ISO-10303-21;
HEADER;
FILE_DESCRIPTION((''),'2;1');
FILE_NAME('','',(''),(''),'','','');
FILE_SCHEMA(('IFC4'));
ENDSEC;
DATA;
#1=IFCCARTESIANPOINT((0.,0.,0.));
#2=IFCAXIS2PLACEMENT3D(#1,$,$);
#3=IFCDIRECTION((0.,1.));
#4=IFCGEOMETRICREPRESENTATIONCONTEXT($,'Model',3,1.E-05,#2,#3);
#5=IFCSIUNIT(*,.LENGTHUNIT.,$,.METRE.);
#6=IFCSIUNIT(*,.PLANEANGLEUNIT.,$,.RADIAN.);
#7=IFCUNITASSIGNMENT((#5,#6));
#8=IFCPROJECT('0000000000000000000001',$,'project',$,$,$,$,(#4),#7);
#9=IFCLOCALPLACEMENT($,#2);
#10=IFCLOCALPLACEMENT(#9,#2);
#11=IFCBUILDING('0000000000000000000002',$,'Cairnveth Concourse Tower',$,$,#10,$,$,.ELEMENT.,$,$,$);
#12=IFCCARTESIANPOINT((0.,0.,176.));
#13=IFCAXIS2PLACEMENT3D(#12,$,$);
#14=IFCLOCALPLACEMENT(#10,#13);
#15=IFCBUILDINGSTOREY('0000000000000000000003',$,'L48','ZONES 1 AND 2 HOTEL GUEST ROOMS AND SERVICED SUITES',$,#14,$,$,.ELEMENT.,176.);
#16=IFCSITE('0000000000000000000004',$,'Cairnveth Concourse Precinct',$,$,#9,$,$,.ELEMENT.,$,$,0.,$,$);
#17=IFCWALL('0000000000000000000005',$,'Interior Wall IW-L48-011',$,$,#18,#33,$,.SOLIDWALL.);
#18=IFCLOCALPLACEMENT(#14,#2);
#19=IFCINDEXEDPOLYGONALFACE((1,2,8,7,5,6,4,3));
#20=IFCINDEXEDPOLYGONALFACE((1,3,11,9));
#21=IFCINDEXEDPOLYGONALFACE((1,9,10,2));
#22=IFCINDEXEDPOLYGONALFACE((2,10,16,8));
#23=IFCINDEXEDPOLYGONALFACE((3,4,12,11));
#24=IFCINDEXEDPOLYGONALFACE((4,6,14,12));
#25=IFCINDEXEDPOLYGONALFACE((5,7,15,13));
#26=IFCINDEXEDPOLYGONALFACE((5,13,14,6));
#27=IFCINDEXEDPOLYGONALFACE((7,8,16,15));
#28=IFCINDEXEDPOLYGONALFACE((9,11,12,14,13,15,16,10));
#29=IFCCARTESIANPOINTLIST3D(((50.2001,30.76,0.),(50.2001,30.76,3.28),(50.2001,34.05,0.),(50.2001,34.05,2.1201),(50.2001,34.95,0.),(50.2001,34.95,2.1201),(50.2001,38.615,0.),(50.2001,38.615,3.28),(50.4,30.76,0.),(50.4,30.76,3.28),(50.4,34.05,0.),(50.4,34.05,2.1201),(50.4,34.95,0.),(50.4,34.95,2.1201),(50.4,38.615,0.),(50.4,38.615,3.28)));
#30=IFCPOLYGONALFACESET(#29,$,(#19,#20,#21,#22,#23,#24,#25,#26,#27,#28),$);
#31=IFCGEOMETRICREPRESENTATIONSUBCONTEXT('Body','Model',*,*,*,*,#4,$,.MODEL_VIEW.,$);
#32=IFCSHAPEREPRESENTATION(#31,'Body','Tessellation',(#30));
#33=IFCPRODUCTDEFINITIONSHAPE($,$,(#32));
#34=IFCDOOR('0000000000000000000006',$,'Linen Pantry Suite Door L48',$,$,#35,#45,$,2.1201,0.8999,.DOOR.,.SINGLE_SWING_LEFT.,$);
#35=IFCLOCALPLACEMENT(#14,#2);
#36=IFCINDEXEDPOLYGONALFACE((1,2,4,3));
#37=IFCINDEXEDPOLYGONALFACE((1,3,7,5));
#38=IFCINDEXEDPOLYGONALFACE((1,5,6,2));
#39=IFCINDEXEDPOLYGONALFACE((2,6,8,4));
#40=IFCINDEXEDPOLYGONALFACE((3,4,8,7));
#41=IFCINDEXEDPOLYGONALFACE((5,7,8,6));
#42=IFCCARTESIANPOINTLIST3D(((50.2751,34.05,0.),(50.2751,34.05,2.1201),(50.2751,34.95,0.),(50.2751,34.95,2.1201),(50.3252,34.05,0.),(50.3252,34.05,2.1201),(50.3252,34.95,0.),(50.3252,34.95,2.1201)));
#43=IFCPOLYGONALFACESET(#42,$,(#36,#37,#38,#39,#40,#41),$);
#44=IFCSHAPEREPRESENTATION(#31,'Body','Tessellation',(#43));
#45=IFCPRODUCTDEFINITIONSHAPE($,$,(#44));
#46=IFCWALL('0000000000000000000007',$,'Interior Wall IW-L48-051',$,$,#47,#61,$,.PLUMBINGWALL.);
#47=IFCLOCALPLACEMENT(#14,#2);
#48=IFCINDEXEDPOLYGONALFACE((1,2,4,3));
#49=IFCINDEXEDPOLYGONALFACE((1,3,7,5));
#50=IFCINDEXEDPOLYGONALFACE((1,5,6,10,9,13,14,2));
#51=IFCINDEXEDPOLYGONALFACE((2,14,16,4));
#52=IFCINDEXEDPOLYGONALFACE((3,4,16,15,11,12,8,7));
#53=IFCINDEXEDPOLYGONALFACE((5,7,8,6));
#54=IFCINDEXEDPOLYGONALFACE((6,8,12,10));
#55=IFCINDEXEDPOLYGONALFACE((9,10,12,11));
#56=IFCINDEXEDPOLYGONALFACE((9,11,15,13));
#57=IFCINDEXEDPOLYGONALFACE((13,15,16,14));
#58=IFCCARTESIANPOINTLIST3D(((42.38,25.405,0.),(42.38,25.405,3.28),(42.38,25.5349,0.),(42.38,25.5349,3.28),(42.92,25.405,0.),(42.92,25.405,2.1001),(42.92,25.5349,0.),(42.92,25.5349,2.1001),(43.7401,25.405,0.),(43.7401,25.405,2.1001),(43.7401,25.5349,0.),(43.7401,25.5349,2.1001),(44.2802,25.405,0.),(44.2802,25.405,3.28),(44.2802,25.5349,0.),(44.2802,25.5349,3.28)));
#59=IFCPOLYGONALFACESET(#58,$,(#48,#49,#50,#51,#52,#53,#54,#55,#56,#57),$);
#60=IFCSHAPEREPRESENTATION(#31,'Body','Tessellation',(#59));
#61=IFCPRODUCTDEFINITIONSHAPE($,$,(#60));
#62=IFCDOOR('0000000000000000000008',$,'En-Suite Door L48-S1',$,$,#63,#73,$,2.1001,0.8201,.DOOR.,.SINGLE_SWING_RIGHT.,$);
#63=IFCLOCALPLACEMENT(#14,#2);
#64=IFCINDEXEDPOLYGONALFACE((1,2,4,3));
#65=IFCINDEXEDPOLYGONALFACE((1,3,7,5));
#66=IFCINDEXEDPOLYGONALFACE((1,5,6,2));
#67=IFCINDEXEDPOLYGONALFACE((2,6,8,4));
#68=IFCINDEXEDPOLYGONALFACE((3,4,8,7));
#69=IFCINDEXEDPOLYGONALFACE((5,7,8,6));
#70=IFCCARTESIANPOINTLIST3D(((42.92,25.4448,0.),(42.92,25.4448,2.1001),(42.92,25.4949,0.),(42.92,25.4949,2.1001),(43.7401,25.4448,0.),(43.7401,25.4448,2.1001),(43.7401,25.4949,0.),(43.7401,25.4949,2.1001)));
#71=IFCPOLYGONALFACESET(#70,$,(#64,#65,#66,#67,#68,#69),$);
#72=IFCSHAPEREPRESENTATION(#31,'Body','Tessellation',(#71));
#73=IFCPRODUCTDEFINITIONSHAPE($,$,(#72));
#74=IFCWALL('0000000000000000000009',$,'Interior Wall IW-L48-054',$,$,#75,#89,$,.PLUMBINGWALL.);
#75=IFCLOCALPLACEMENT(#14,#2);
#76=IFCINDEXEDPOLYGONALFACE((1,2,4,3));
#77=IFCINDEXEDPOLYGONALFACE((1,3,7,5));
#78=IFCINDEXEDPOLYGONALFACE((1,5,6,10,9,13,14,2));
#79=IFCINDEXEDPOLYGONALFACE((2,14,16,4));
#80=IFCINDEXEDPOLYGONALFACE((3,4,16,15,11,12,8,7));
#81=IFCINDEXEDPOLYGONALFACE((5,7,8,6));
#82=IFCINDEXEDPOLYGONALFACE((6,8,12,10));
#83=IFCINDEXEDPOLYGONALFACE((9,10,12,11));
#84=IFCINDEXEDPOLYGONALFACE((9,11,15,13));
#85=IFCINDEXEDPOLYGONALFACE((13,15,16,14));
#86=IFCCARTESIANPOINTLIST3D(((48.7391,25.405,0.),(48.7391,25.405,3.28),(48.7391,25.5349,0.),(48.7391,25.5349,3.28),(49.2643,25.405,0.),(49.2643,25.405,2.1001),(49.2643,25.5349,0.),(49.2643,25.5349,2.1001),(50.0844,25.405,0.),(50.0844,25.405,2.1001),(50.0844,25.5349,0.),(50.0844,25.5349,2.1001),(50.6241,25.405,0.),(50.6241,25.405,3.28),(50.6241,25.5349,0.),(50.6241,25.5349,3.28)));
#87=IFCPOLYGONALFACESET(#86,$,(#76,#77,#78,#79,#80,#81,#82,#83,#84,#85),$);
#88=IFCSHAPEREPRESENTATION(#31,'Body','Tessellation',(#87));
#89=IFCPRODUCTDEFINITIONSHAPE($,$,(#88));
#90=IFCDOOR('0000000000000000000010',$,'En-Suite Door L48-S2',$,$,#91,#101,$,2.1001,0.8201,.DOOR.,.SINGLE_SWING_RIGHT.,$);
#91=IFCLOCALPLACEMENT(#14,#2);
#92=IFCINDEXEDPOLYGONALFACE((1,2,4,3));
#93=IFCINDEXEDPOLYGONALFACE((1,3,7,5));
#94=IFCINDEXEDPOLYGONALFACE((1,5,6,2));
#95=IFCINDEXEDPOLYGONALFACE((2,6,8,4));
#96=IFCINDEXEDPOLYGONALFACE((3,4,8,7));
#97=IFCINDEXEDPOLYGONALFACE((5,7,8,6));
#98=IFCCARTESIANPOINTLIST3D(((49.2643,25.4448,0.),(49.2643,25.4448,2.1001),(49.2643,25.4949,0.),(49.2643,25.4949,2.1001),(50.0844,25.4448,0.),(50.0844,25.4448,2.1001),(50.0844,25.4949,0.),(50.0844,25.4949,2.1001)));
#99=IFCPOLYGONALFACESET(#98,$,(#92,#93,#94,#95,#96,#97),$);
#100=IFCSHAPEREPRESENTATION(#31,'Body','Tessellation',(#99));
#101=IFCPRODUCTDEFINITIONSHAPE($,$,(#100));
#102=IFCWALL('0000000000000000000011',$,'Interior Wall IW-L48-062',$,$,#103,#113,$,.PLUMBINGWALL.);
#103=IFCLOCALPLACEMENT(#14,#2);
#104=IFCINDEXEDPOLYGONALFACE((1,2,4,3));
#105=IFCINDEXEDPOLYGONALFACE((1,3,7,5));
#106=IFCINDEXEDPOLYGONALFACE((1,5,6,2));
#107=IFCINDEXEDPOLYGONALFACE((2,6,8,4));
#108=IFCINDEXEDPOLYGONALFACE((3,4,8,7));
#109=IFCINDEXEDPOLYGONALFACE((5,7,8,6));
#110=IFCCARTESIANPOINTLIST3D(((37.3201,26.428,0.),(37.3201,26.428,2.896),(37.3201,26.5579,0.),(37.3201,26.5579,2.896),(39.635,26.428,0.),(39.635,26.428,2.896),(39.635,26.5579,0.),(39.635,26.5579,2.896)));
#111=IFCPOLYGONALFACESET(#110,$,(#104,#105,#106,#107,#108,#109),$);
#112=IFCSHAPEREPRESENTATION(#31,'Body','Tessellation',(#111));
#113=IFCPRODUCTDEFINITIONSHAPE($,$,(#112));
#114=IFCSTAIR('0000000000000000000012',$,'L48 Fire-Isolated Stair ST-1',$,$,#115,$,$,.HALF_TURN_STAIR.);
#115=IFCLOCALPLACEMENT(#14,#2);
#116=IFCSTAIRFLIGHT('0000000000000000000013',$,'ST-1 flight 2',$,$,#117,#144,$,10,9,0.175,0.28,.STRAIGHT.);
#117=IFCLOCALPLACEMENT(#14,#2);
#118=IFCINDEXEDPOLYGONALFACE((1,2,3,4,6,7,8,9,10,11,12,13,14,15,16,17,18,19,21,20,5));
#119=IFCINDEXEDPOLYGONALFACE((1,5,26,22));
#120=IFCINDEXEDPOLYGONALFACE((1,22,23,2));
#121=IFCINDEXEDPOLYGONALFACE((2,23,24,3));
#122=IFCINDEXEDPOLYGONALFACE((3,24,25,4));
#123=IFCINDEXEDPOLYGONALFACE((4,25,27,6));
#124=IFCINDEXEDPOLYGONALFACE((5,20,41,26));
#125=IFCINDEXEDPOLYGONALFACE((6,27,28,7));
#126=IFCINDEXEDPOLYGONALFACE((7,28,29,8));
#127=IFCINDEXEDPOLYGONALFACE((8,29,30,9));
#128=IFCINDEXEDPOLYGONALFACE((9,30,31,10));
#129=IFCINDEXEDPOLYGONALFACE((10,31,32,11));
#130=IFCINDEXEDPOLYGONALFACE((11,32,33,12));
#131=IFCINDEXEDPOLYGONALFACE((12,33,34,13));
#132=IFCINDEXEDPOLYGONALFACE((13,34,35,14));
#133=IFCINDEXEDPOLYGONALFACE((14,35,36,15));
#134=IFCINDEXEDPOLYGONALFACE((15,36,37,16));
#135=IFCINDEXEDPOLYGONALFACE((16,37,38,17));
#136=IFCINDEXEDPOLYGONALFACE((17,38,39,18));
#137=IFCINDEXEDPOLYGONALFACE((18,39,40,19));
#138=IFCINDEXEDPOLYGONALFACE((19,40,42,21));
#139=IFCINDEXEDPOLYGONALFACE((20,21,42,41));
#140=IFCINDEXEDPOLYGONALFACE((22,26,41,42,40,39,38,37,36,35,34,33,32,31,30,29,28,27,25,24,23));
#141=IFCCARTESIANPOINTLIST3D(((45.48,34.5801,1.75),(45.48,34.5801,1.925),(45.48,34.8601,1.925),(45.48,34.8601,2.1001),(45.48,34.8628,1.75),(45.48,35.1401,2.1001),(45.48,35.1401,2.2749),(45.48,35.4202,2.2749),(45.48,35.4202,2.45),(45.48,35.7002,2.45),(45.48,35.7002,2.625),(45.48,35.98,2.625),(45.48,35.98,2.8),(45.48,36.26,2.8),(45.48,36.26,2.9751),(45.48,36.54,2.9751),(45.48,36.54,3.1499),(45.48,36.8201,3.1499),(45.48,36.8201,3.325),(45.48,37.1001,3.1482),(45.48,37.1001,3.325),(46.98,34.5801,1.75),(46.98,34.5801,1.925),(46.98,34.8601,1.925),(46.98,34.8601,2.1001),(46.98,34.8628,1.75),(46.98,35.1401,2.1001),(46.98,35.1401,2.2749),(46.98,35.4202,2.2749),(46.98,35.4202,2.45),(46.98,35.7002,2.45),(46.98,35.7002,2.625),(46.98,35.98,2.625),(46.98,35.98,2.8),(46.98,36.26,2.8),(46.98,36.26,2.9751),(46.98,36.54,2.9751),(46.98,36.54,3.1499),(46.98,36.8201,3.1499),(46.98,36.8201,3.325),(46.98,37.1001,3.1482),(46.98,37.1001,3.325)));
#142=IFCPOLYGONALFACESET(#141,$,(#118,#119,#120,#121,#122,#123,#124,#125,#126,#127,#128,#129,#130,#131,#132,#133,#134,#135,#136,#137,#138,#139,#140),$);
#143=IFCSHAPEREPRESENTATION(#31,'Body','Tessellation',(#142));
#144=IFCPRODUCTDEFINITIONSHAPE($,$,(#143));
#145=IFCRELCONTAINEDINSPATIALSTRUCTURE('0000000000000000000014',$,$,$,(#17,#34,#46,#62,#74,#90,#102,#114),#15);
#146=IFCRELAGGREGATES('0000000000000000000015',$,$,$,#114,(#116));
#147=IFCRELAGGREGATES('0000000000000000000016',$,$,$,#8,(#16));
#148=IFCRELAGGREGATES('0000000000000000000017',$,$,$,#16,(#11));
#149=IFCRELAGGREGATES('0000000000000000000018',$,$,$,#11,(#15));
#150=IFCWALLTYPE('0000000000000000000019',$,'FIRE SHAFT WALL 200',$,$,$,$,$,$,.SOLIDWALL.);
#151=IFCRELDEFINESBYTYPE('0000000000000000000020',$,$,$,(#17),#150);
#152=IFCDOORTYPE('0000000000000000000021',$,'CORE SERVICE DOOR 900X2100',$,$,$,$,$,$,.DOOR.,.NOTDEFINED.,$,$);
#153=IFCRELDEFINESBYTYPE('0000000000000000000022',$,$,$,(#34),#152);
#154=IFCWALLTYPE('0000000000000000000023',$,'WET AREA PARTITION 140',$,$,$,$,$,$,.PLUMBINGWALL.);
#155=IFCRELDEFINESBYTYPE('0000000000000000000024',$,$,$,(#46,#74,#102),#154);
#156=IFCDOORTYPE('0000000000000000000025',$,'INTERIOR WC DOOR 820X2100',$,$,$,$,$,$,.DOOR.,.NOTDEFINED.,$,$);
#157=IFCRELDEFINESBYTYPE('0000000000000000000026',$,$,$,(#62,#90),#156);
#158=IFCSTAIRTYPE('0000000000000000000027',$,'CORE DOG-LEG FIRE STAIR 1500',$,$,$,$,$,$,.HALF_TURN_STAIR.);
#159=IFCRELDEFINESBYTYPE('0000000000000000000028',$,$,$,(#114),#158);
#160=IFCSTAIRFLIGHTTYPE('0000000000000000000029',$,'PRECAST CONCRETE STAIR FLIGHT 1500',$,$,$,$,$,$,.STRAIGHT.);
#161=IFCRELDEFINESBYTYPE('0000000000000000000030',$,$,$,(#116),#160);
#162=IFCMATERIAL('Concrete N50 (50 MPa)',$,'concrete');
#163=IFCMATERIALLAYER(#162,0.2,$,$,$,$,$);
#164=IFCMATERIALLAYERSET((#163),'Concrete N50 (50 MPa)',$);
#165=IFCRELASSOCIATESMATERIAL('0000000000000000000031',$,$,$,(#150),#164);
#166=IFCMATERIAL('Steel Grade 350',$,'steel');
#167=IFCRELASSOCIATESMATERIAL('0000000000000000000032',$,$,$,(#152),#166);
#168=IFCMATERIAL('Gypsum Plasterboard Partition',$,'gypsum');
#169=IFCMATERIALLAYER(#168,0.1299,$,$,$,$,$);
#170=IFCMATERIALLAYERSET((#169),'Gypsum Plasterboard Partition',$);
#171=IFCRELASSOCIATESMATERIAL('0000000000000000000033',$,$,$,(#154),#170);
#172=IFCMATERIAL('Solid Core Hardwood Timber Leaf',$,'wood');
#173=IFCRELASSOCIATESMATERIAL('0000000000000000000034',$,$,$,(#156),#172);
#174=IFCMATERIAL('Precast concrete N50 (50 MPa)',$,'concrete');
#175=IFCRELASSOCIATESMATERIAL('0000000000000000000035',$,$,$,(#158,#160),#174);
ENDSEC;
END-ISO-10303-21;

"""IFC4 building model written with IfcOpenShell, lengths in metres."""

from ifc_helpers import new_model, si_unit, direction, frame, frame_2d, origin, place, context, subcontext, project, spatial, polyline, rectangle, outline, extrude, material, layer, layer_set, type_object, element, fill, aggregate, save


model = new_model("IFC4")

# Units and contexts
model_context = context("Model", 3, precision=1e-05, world=origin(), true_north=direction((0.0, 1.0)))
body_context = subcontext(model_context, "Body", "Model", "MODEL_VIEW")
ifc_project = project(units=[si_unit("LENGTHUNIT", "METRE"), si_unit("PLANEANGLEUNIT", "RADIAN")], contexts=[model_context])

# Site, building, storey
site_placement = place(None, origin())
site = spatial("IfcSite", under=ifc_project, at=site_placement, Name="Cairnveth Concourse Precinct", CompositionType="ELEMENT", RefElevation=0.0)
building_placement = place(site_placement, origin())
building = spatial("IfcBuilding", under=site, at=building_placement, Name="Cairnveth Concourse Tower", CompositionType="ELEMENT")
storey_placement = place(building_placement, frame((0.0, 0.0, 176.0)))
storey = spatial("IfcBuildingStorey", under=building, at=storey_placement, Name="L48", Description="ZONES 1 AND 2 HOTEL GUEST ROOMS AND SERVICED SUITES", CompositionType="ELEMENT", Elevation=176.0)

# Shared definitions
ifc_material_1 = material(Name="Gypsum Plasterboard Partition", Category="gypsum")

# Shared definitions
ifc_material_2 = material(Name="Solid Core Hardwood Timber Leaf", Category="wood")

# Shared definitions
ifc_material_3 = material(Name="Concrete N50 (50 MPa)", Category="concrete")

# Walls, openings, doors
ifc_layer_1 = layer(ifc_material_3, 0.2)
ifc_layer_set_1 = layer_set([ifc_layer_1], Name="Concrete N50 (50 MPa)")
wall_type_1 = type_object("IfcWallType", Name="FIRE SHAFT WALL 200", PredefinedType="SOLIDWALL", material=ifc_layer_set_1)
wall_1_placement = place(storey_placement, frame((50.3, 30.76, 0.0), z_axis=(0.0, 0.0, 1.0), x_axis=(0.0, 1.0, 0.0)))
wall_1 = element("IfcWall", 1, at=wall_1_placement, inside=storey, type_object=wall_type_1, Name="Interior Wall IW-L48-011", PredefinedType="SOLIDWALL", context=body_context, shape_type="SweptSolid", body=[
    extrude(rectangle(XDim=7.855, YDim=0.2, at=frame_2d((3.9275, 0.0))), origin(), (0.0, 0.0, 1.0), 3.28),
])
opening_1_placement = place(wall_1_placement, frame((3.29, 0.0, 0.0)))
opening_1 = element("IfcOpeningElement", 2, at=opening_1_placement, cuts=wall_1, PredefinedType="OPENING", context=body_context, shape_type="SweptSolid", body=[
    extrude(rectangle(XDim=0.8999, YDim=2.1201, at=frame_2d((0.45, 1.0601))), frame((0.0, 0.1099, 0.0), z_axis=(0.0, -1.0, 0.0), x_axis=(1.0, 0.0, 0.0)), (0.0, 0.0, 1.0), 0.22),
])
ifc_material_4 = material(Name="Steel Grade 350", Category="steel")
door_type_1 = type_object("IfcDoorType", Name="CORE SERVICE DOOR 900X2100", OperationType="NOTDEFINED", PredefinedType="DOOR", material=ifc_material_4)
door_1_placement = place(opening_1_placement, origin())
door_1 = element("IfcDoor", 3, at=door_1_placement, inside=storey, type_object=door_type_1, Name="Linen Pantry Suite Door L48", OperationType="SINGLE_SWING_LEFT", OverallHeight=2.1201, OverallWidth=0.8999, PredefinedType="DOOR", context=body_context, shape_type="SweptSolid", body=[
    extrude(rectangle(XDim=0.8999, YDim=2.1201, at=frame_2d((0.45, 1.0601))), frame((0.0, 0.0249, 0.0), z_axis=(0.0, -1.0, 0.0), x_axis=(1.0, 0.0, 0.0)), (0.0, 0.0, 1.0), 0.05),
])
fill(opening_1, door_1)
ifc_layer_2 = layer(ifc_material_1, 0.1299)
ifc_layer_set_2 = layer_set([ifc_layer_2], Name="Gypsum Plasterboard Partition")
wall_type_2 = type_object("IfcWallType", Name="WET AREA PARTITION 140", PredefinedType="PLUMBINGWALL", material=ifc_layer_set_2)
wall_2_placement = place(storey_placement, frame((42.3799, 25.47, 0.0), z_axis=(0.0, 0.0, 1.0), x_axis=(1.0, 0.0, 0.0)))
wall_2 = element("IfcWall", 4, at=wall_2_placement, inside=storey, type_object=wall_type_2, Name="Interior Wall IW-L48-051", PredefinedType="PLUMBINGWALL", context=body_context, shape_type="SweptSolid", body=[
    extrude(rectangle(XDim=1.9001, YDim=0.1299, at=frame_2d((0.9502, 0.0))), origin(), (0.0, 0.0, 1.0), 3.28),
])
opening_2_placement = place(wall_2_placement, frame((0.54, 0.0, 0.0)))
opening_2 = element("IfcOpeningElement", 5, at=opening_2_placement, cuts=wall_2, PredefinedType="OPENING", context=body_context, shape_type="SweptSolid", body=[
    extrude(rectangle(XDim=0.8201, YDim=2.1001, at=frame_2d((0.4102, 1.05))), frame((0.0, 0.075, 0.0), z_axis=(0.0, -1.0, 0.0), x_axis=(1.0, 0.0, 0.0)), (0.0, 0.0, 1.0), 0.1499),
])
door_type_2 = type_object("IfcDoorType", Name="INTERIOR WC DOOR 820X2100", OperationType="NOTDEFINED", PredefinedType="DOOR", material=ifc_material_2)
door_2_placement = place(opening_2_placement, origin())
door_2 = element("IfcDoor", 6, at=door_2_placement, inside=storey, type_object=door_type_2, Name="En-Suite Door L48-S1", OperationType="SINGLE_SWING_RIGHT", OverallHeight=2.1001, OverallWidth=0.8201, PredefinedType="DOOR", context=body_context, shape_type="SweptSolid", body=[
    extrude(rectangle(XDim=0.8201, YDim=2.1001, at=frame_2d((0.4102, 1.05))), frame((0.0, 0.0249, 0.0), z_axis=(0.0, -1.0, 0.0), x_axis=(1.0, 0.0, 0.0)), (0.0, 0.0, 1.0), 0.05),
])
fill(opening_2, door_2)
wall_3_placement = place(storey_placement, frame((48.7393, 25.47, 0.0), z_axis=(0.0, 0.0, 1.0), x_axis=(1.0, 0.0, 0.0)))
wall_3 = element("IfcWall", 7, at=wall_3_placement, inside=storey, type_object=wall_type_2, Name="Interior Wall IW-L48-054", PredefinedType="PLUMBINGWALL", context=body_context, shape_type="SweptSolid", body=[
    extrude(rectangle(XDim=1.885, YDim=0.1299, at=frame_2d((0.9424, 0.0))), origin(), (0.0, 0.0, 1.0), 3.28),
])
opening_3_placement = place(wall_3_placement, frame((0.5249, 0.0, 0.0)))
opening_3 = element("IfcOpeningElement", 8, at=opening_3_placement, cuts=wall_3, PredefinedType="OPENING", context=body_context, shape_type="SweptSolid", body=[
    extrude(rectangle(XDim=0.8201, YDim=2.1001, at=frame_2d((0.4102, 1.05))), frame((0.0, 0.075, 0.0), z_axis=(0.0, -1.0, 0.0), x_axis=(1.0, 0.0, 0.0)), (0.0, 0.0, 1.0), 0.1499),
])
door_3_placement = place(opening_3_placement, origin())
door_3 = element("IfcDoor", 9, at=door_3_placement, inside=storey, type_object=door_type_2, Name="En-Suite Door L48-S2", OperationType="SINGLE_SWING_RIGHT", OverallHeight=2.1001, OverallWidth=0.8201, PredefinedType="DOOR", context=body_context, shape_type="SweptSolid", body=[
    extrude(rectangle(XDim=0.8201, YDim=2.1001, at=frame_2d((0.4102, 1.05))), frame((0.0, 0.0249, 0.0), z_axis=(0.0, -1.0, 0.0), x_axis=(1.0, 0.0, 0.0)), (0.0, 0.0, 1.0), 0.05),
])
fill(opening_3, door_3)

# Wall
wall_4_placement = place(storey_placement, frame((37.3201, 26.4929, 0.0), z_axis=(0.0, 0.0, 1.0), x_axis=(1.0, 0.0, 0.0)))
element("IfcWall", 10, at=wall_4_placement, inside=storey, type_object=wall_type_2, Name="Interior Wall IW-L48-062", PredefinedType="PLUMBINGWALL", context=body_context, shape_type="SweptSolid", body=[
    extrude(rectangle(XDim=2.3149, YDim=0.1299, at=frame_2d((1.1575, 0.0))), origin(), (0.0, 0.0, 1.0), 2.896),
])

# Stair, stair flight
ifc_material_5 = material(Name="Precast concrete N50 (50 MPa)", Category="concrete")
stair_type = type_object("IfcStairType", Name="CORE DOG-LEG FIRE STAIR 1500", PredefinedType="HALF_TURN_STAIR", material=ifc_material_5)
stair_placement = place(storey_placement, origin())
stair = element("IfcStair", 11, at=stair_placement, inside=storey, type_object=stair_type, Name="L48 Fire-Isolated Stair ST-1", PredefinedType="HALF_TURN_STAIR")
stair_flight_type = type_object("IfcStairFlightType", Name="PRECAST CONCRETE STAIR FLIGHT 1500", PredefinedType="STRAIGHT", material=ifc_material_5)
stair_flight_placement = place(storey_placement, frame((46.23, 34.5801, 1.75), z_axis=(0.0, 0.0, 1.0), x_axis=(0.0, 1.0, 0.0)))
stair_flight = element("IfcStairFlight", 12, at=stair_flight_placement, type_object=stair_flight_type, Name="ST-1 flight 2", NumberOfRisers=10, NumberOfTreads=9, PredefinedType="STRAIGHT", RiserHeight=0.175, TreadLength=0.28, context=body_context, shape_type="SweptSolid", body=[
    extrude(outline(polyline([(0.0, 0.0), (0.0, 0.175), (0.28, 0.175), (0.28, 0.3501), (0.5601, 0.3501), (0.5601, 0.5249), (0.8401, 0.5249), (0.8401, 0.7), (1.1201, 0.7), (1.1201, 0.875), (1.3999, 0.875), (1.3999, 1.05), (1.6799, 1.05), (1.6799, 1.2251), (1.96, 1.2251), (1.96, 1.3999), (2.24, 1.3999), (2.24, 1.575), (2.52, 1.575), (2.52, 1.75), (2.52, 1.3982), (0.2827, 0.0), (0.0, 0.0)])), frame((0.0, 0.75, 0.0), z_axis=(0.0, -1.0, 0.0), x_axis=(1.0, 0.0, 0.0)), (0.0, 0.0, 1.0), 1.5),
])
aggregate(stair, [stair_flight])

save(model, "model.ifc")
